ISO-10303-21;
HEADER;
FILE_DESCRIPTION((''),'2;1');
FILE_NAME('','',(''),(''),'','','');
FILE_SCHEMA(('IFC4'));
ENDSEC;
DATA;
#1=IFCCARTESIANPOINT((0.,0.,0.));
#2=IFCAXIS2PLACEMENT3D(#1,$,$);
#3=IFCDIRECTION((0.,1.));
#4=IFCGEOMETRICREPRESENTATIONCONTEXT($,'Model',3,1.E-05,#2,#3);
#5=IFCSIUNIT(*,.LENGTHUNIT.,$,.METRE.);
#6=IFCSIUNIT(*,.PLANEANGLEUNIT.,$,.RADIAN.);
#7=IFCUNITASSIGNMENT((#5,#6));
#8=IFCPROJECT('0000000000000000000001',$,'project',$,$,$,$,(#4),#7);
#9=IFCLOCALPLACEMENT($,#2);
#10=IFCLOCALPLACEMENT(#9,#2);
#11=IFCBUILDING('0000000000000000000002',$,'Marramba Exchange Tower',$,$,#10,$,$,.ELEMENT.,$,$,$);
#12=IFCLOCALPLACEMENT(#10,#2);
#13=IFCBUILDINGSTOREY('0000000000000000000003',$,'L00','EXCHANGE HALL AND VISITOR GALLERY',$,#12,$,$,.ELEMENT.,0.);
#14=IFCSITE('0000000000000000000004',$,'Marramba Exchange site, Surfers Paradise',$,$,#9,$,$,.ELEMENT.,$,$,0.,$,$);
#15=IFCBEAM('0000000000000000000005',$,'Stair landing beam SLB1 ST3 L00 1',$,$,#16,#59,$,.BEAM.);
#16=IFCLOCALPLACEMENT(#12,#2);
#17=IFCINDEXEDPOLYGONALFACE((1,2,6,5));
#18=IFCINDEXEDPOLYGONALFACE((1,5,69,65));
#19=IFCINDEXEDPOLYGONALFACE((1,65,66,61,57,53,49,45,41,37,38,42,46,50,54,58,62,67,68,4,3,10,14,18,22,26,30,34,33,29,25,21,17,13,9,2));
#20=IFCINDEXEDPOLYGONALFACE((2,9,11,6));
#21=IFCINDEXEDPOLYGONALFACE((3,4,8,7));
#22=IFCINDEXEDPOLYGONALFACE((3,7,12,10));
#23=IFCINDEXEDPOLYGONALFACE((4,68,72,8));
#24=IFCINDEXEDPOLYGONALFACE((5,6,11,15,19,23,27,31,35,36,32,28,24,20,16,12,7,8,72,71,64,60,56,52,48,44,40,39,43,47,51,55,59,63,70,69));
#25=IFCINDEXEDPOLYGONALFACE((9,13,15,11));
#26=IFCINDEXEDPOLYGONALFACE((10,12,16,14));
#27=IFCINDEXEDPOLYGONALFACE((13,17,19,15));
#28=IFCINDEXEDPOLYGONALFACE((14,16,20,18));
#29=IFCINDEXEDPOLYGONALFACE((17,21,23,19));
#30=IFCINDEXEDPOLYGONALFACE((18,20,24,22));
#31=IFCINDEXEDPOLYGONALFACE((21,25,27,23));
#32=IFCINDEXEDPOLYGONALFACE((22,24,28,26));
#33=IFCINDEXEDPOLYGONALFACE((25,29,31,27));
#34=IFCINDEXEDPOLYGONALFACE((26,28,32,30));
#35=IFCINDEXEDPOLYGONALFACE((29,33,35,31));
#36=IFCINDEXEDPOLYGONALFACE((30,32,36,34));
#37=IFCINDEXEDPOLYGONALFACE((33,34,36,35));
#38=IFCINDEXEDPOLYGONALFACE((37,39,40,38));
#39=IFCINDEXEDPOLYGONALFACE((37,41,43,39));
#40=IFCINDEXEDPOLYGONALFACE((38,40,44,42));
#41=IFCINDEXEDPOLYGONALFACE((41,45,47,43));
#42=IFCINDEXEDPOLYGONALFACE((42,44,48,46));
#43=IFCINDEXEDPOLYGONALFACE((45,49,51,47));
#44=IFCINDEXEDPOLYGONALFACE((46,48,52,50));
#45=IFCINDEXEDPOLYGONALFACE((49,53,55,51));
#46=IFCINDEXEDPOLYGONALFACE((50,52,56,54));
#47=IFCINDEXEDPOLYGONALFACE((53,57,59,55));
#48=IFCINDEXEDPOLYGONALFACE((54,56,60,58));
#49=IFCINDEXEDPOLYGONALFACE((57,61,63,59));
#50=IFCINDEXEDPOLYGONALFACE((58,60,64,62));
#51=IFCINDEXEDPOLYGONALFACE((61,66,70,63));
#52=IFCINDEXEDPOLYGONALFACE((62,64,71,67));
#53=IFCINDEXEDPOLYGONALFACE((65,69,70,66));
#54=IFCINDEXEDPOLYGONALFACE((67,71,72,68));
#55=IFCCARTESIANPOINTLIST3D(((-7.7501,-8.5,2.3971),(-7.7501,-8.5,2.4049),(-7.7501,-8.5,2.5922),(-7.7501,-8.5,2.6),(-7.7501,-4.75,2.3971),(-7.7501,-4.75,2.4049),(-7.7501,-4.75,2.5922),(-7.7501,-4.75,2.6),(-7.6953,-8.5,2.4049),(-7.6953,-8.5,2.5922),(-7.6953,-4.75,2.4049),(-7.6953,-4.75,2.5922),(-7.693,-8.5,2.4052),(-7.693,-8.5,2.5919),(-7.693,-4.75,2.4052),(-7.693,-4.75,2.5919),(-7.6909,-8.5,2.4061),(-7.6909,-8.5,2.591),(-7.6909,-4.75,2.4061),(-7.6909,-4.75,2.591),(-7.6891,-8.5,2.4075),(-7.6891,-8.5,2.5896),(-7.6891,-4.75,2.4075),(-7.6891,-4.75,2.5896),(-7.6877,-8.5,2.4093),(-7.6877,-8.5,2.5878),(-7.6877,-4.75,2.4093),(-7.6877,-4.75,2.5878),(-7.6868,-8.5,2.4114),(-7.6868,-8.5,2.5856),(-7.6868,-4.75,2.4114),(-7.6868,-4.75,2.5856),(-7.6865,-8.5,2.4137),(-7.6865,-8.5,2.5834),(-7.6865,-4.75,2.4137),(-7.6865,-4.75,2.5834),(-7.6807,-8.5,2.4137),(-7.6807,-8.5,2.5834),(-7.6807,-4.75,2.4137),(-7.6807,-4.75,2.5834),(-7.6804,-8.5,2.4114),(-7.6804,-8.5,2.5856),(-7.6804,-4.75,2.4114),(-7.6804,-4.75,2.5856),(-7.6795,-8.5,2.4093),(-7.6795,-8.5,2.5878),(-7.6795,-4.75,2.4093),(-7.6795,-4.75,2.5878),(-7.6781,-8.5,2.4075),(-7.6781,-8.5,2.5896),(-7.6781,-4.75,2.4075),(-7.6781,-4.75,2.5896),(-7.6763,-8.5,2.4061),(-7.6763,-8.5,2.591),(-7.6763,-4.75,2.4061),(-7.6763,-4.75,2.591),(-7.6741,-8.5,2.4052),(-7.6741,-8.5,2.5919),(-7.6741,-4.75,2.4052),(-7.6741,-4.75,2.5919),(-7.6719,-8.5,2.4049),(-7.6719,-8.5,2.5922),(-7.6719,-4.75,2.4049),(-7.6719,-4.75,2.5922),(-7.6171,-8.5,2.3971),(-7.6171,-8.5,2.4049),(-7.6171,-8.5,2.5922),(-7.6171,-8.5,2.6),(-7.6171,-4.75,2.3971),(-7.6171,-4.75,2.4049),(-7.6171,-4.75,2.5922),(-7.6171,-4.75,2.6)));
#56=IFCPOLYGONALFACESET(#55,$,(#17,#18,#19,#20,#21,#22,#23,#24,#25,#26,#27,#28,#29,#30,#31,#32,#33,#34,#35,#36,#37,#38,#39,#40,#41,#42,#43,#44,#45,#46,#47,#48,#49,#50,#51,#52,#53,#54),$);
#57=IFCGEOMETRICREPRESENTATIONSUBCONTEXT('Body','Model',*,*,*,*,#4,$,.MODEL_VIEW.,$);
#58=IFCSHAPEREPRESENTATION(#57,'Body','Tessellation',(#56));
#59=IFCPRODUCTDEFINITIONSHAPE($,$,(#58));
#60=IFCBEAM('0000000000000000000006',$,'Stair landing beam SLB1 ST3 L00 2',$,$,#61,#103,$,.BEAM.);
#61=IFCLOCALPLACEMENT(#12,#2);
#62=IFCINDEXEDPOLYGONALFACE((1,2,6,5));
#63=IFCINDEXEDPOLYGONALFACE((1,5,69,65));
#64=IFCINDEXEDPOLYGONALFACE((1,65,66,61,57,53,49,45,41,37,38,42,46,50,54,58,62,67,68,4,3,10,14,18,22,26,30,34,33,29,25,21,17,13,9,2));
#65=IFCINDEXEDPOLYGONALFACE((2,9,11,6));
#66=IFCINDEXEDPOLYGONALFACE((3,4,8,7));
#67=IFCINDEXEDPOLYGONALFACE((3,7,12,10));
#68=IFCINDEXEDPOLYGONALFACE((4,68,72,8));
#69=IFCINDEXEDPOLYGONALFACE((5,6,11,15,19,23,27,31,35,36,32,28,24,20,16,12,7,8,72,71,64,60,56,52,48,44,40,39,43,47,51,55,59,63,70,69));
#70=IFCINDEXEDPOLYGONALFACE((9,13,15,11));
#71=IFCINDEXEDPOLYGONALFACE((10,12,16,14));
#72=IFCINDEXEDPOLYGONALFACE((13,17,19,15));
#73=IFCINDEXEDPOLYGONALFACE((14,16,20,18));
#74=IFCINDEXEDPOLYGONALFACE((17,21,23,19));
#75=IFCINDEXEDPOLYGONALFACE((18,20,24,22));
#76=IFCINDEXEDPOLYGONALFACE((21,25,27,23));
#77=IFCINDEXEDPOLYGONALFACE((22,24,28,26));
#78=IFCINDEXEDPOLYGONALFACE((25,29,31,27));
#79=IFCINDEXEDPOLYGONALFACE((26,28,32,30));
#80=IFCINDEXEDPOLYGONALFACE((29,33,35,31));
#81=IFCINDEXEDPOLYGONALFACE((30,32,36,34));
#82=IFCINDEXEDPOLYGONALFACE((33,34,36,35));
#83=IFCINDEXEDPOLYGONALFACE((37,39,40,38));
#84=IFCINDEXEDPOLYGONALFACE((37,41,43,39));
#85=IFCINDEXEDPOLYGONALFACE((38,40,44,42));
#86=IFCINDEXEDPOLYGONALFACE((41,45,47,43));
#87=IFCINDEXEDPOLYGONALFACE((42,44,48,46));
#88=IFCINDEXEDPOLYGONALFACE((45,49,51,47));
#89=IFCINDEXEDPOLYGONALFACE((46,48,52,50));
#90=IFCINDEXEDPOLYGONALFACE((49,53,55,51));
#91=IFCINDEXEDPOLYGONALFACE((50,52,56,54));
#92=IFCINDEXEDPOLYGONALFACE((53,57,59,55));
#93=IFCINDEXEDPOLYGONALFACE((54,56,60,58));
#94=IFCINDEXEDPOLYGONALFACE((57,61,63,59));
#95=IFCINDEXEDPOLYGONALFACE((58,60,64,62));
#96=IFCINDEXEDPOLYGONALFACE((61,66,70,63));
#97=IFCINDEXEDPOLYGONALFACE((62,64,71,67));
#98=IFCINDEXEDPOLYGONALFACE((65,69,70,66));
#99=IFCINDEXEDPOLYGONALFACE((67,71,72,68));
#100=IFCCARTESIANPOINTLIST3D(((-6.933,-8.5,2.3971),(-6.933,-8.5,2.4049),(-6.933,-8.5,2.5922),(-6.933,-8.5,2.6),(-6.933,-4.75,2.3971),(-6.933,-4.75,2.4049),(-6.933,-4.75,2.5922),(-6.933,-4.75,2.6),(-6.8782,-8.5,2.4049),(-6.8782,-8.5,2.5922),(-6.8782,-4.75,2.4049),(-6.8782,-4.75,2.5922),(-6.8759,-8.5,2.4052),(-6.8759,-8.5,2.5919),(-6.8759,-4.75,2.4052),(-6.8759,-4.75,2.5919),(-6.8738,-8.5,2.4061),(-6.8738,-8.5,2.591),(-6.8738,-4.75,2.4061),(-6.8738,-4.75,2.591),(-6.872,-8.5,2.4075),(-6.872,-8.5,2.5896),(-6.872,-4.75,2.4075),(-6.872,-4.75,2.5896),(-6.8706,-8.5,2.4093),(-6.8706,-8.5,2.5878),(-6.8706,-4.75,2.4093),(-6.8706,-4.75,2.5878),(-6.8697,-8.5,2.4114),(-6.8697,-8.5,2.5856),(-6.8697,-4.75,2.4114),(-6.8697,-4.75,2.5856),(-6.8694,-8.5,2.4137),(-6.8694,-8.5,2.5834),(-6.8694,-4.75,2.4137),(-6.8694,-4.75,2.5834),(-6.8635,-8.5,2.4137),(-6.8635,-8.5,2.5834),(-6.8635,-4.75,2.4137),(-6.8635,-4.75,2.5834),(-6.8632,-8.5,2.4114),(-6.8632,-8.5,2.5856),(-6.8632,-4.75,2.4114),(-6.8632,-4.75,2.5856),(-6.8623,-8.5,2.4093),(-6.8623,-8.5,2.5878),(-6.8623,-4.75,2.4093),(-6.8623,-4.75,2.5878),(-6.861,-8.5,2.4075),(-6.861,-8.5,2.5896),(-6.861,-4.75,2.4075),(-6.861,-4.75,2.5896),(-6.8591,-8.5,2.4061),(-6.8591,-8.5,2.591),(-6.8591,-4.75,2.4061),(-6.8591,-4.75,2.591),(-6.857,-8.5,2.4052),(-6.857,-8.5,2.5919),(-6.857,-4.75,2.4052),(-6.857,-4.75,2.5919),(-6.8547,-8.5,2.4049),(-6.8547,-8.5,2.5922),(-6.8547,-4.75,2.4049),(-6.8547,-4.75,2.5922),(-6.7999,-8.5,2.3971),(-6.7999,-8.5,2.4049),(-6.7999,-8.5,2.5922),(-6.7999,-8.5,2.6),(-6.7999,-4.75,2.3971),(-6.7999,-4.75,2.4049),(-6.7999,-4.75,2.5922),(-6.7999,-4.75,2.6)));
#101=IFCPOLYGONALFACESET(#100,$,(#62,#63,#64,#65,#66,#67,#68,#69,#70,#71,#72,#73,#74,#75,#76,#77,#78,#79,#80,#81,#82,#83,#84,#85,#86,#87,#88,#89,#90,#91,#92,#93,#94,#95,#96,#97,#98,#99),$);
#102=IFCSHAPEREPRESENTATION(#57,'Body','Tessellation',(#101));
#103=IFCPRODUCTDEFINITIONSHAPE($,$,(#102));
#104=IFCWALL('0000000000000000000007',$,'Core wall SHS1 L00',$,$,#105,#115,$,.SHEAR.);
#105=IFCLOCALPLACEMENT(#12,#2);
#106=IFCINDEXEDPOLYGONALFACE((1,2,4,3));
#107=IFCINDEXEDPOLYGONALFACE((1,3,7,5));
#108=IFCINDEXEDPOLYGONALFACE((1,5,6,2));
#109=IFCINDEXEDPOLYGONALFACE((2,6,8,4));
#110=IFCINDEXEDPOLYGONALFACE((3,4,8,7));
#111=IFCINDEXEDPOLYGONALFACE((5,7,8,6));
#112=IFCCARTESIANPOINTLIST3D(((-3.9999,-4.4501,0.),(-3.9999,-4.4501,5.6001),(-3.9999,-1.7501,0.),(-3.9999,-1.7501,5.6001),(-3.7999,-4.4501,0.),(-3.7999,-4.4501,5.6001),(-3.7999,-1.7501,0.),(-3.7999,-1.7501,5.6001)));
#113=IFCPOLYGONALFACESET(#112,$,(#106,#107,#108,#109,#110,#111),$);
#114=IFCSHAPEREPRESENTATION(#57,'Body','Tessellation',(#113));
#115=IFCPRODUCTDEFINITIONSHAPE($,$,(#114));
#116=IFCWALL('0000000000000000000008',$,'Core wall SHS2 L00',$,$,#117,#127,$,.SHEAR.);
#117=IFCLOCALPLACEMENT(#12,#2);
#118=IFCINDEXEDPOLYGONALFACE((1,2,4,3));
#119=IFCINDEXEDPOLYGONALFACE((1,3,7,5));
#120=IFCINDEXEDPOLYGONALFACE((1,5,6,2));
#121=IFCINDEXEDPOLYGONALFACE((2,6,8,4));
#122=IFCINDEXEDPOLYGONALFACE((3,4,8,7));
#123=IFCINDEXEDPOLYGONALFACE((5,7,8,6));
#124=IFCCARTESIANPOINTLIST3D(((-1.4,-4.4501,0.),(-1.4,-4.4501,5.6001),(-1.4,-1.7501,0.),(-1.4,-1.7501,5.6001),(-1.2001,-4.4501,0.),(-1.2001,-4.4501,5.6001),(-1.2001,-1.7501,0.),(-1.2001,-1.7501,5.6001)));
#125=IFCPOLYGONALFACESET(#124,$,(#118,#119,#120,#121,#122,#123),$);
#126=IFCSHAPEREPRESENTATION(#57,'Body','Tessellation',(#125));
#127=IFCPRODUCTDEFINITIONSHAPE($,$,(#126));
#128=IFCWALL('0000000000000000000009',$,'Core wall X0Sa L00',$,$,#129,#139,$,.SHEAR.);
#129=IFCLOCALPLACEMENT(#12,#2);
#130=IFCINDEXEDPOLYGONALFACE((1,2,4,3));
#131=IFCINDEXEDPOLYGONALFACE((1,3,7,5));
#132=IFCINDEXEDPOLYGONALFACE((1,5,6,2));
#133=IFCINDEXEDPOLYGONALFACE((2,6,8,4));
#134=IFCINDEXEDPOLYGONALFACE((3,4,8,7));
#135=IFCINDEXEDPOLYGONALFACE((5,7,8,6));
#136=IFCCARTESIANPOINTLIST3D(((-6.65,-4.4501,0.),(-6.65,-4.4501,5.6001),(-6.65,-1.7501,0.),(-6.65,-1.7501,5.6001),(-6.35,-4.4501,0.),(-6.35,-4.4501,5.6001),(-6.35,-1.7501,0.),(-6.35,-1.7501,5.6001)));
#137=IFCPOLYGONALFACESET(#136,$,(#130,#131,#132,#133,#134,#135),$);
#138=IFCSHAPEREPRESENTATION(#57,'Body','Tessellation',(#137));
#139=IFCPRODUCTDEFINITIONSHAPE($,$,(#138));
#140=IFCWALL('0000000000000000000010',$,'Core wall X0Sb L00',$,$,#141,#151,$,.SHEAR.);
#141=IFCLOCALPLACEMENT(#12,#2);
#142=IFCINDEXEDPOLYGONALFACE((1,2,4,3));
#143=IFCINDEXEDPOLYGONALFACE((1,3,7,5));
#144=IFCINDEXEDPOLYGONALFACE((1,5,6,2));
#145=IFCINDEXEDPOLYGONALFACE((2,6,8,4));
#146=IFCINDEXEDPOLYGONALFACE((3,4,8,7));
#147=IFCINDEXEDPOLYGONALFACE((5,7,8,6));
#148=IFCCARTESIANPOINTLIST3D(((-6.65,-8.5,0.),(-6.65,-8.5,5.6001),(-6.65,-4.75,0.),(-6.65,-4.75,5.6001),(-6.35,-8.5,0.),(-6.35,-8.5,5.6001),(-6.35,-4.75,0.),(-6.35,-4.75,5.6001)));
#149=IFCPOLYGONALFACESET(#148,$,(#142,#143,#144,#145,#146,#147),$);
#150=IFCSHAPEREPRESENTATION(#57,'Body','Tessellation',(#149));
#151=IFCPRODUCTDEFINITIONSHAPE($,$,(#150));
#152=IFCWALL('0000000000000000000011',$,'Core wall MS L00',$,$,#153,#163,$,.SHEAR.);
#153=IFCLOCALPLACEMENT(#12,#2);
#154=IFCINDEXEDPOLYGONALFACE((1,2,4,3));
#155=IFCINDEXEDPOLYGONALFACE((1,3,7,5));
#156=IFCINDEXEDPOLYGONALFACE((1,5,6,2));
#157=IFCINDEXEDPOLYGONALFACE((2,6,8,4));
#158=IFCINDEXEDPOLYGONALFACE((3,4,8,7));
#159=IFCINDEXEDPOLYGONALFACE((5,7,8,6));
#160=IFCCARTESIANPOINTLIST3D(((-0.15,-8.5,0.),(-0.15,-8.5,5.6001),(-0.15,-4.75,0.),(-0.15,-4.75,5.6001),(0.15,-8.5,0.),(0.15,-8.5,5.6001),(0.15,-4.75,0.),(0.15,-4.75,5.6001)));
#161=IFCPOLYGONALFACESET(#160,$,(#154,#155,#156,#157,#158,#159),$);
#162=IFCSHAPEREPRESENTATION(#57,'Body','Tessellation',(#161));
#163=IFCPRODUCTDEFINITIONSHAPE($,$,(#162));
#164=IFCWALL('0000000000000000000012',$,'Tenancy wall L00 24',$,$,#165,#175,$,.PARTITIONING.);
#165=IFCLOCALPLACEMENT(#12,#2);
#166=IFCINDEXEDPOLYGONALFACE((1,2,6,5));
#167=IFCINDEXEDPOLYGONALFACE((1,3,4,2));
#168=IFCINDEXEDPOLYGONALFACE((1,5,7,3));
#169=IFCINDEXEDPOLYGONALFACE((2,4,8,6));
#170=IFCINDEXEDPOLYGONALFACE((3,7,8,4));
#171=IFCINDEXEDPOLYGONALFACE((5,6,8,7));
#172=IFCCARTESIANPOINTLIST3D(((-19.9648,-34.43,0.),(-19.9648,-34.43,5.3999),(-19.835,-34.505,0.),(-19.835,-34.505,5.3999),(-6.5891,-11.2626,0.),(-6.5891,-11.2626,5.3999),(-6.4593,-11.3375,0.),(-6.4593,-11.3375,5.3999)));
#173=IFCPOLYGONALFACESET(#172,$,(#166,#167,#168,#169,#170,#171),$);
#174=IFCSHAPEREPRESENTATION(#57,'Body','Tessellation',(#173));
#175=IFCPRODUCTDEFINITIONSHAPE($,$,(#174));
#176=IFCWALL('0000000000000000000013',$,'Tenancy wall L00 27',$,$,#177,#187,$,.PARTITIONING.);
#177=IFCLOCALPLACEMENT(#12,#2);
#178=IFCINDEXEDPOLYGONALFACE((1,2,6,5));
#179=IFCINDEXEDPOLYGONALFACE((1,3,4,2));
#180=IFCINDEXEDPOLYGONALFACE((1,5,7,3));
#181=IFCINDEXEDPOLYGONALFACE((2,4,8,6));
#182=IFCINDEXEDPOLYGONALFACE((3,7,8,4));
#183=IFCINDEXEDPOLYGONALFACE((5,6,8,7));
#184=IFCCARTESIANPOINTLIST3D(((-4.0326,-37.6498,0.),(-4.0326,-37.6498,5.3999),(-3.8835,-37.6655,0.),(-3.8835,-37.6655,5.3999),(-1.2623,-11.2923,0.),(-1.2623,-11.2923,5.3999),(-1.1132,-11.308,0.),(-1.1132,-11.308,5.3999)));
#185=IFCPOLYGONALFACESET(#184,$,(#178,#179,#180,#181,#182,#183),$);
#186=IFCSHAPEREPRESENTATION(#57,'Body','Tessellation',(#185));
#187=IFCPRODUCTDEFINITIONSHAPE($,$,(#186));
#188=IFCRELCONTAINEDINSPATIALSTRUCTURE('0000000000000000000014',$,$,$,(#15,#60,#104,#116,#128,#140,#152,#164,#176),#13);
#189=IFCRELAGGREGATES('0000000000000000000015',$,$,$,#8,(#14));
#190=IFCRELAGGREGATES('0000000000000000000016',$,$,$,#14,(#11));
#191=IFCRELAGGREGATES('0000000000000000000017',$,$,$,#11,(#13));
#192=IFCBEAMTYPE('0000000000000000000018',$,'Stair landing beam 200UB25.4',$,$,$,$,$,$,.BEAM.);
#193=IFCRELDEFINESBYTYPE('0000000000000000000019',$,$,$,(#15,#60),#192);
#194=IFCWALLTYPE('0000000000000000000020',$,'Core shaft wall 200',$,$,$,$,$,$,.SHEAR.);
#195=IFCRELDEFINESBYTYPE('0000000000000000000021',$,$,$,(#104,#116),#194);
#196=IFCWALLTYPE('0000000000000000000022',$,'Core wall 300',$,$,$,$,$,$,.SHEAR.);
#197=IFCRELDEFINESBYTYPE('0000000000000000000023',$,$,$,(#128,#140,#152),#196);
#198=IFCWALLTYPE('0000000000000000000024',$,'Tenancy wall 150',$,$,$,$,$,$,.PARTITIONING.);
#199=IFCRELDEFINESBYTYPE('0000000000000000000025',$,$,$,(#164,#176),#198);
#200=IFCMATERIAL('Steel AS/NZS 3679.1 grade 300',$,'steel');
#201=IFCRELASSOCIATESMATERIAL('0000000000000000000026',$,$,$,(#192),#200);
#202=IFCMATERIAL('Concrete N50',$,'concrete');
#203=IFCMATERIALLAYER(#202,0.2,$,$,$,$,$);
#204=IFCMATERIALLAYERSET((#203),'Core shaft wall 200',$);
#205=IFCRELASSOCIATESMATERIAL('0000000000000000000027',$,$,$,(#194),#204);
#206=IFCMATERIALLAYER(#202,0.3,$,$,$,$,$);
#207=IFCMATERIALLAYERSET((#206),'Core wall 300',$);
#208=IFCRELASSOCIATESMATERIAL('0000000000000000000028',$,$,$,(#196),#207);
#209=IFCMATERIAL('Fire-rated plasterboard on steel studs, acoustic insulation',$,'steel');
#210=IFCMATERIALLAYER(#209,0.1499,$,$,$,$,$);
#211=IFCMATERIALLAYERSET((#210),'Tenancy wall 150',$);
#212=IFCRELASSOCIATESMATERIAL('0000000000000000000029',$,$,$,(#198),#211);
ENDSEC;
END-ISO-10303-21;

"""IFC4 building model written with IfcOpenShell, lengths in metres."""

from ifc_helpers import new_model, si_unit, direction, frame, frame_2d, origin, origin_2d, place, context, subcontext, project, spatial, rectangle, i_section, extrude, material, layer, layer_set, material_profile, profile_set, type_object, element, save


model = new_model("IFC4")

# Units and contexts
model_context = context("Model", 3, precision=1e-05, world=origin(), true_north=direction((0.0, 1.0)))
body_context = subcontext(model_context, "Body", "Model", "MODEL_VIEW")
ifc_project = project(units=[si_unit("LENGTHUNIT", "METRE"), si_unit("PLANEANGLEUNIT", "RADIAN")], contexts=[model_context])

# Site, building, storey
site_placement = place(None, origin())
site = spatial("IfcSite", under=ifc_project, at=site_placement, Name="Marramba Exchange site, Surfers Paradise", CompositionType="ELEMENT", RefElevation=0.0)
building_placement = place(site_placement, origin())
building = spatial("IfcBuilding", under=site, at=building_placement, Name="Marramba Exchange Tower", CompositionType="ELEMENT")
storey_placement = place(building_placement, origin())
storey = spatial("IfcBuildingStorey", under=building, at=storey_placement, Name="L00", Description="EXCHANGE HALL AND VISITOR GALLERY", CompositionType="ELEMENT", Elevation=0.0)

# Beams
ifc_material_1 = material(Name="Steel AS/NZS 3679.1 grade 300", Category="steel")
ifc_material_profile_1 = material_profile(ifc_material_1, i_section(OverallWidth=0.1331, OverallDepth=0.2029, WebThickness=0.0059, FlangeThickness=0.0078, FilletRadius=0.0088, at=origin_2d()), Name="200UB25.4")
ifc_profile_set_1 = profile_set([ifc_material_profile_1], Name="Steel AS/NZS 3679.1 grade 300")
beam_type_1 = type_object("IfcBeamType", Name="Stair landing beam 200UB25.4", PredefinedType="BEAM", material=ifc_profile_set_1)
for number, where, z_axis, x_axis, name in (
    (1, (-7.6836, -8.5, 2.4985), (0.0, 1.0, 0.0), (-1.0, 0.0, 0.0), "Stair landing beam SLB1 ST3 L00 1"),
    (2, (-6.8665, -8.5, 2.4985), (0.0, 1.0, 0.0), (-1.0, 0.0, 0.0), "Stair landing beam SLB1 ST3 L00 2"),
):
    element("IfcBeam", number, at=place(storey_placement, frame(where, z_axis=z_axis, x_axis=x_axis)), inside=storey, type_object=beam_type_1, Name=name, PredefinedType="BEAM", context=body_context, shape_type="SweptSolid", body=[
        extrude(i_section(OverallWidth=0.1331, OverallDepth=0.2029, WebThickness=0.0059, FlangeThickness=0.0078, FilletRadius=0.0088, at=origin_2d()), origin(), (0.0, 0.0, 1.0), 3.75),
    ])

# Walls
ifc_material_2 = material(Name="Concrete N50", Category="concrete")
ifc_layer_1 = layer(ifc_material_2, 0.2)
ifc_layer_set_1 = layer_set([ifc_layer_1], Name="Core shaft wall 200")
wall_type_1 = type_object("IfcWallType", Name="Core shaft wall 200", PredefinedType="SHEAR", material=ifc_layer_set_1)
for number, where, z_axis, x_axis, name in (
    (3, (-3.8999, -1.75, 0.0), (0.0, 0.0, 1.0), (0.0, -1.0, 0.0), "Core wall SHS1 L00"),
    (4, (-1.3, -1.75, 0.0), (0.0, 0.0, 1.0), (0.0, -1.0, 0.0), "Core wall SHS2 L00"),
):
    element("IfcWall", number, at=place(storey_placement, frame(where, z_axis=z_axis, x_axis=x_axis)), inside=storey, type_object=wall_type_1, Name=name, PredefinedType="SHEAR", context=body_context, shape_type="SweptSolid", body=[
        extrude(rectangle(XDim=2.7, YDim=0.2, at=frame_2d((1.3501, 0.0))), origin(), (0.0, 0.0, 1.0), 5.6001),
    ])
ifc_layer_2 = layer(ifc_material_2, 0.3)
ifc_layer_set_2 = layer_set([ifc_layer_2], Name="Core wall 300")
wall_type_2 = type_object("IfcWallType", Name="Core wall 300", PredefinedType="SHEAR", material=ifc_layer_set_2)
wall_1_placement = place(storey_placement, frame((-6.5, -1.75, 0.0), z_axis=(0.0, 0.0, 1.0), x_axis=(0.0, -1.0, 0.0)))
element("IfcWall", 5, at=wall_1_placement, inside=storey, type_object=wall_type_2, Name="Core wall X0Sa L00", PredefinedType="SHEAR", context=body_context, shape_type="SweptSolid", body=[
    extrude(rectangle(XDim=2.7, YDim=0.3, at=frame_2d((1.3501, 0.0))), origin(), (0.0, 0.0, 1.0), 5.6001),
])
for number, where, z_axis, x_axis, name in (
    (6, (-6.5, -4.75, 0.0), (0.0, 0.0, 1.0), (0.0, -1.0, 0.0), "Core wall X0Sb L00"),
    (7, (0.0, -4.75, 0.0), (0.0, 0.0, 1.0), (0.0, -1.0, 0.0), "Core wall MS L00"),
):
    element("IfcWall", number, at=place(storey_placement, frame(where, z_axis=z_axis, x_axis=x_axis)), inside=storey, type_object=wall_type_2, Name=name, PredefinedType="SHEAR", context=body_context, shape_type="SweptSolid", body=[
        extrude(rectangle(XDim=3.75, YDim=0.3, at=frame_2d((1.875, 0.0))), origin(), (0.0, 0.0, 1.0), 5.6001),
    ])
ifc_material_3 = material(Name="Fire-rated plasterboard on steel studs, acoustic insulation", Category="steel")
ifc_layer_3 = layer(ifc_material_3, 0.1499)
ifc_layer_set_3 = layer_set([ifc_layer_3], Name="Tenancy wall 150")
wall_type_3 = type_object("IfcWallType", Name="Tenancy wall 150", PredefinedType="PARTITIONING", material=ifc_layer_set_3)
wall_2_placement = place(storey_placement, frame((-6.5242, -11.3, 0.0), z_axis=(0.0, 0.0, 1.0), x_axis=(-0.499999, -0.866026, 0.0)))
element("IfcWall", 8, at=wall_2_placement, inside=storey, type_object=wall_type_3, Name="Tenancy wall L00 24", PredefinedType="PARTITIONING", context=body_context, shape_type="SweptSolid", body=[
    extrude(rectangle(XDim=26.7515, YDim=0.1499, at=frame_2d((13.3757, 0.0))), origin(), (0.0, 0.0, 1.0), 5.3999),
])
wall_3_placement = place(storey_placement, frame((-1.1877, -11.3, 0.0), z_axis=(0.0, 0.0, 1.0), x_axis=(-0.104528, -0.994522, 0.0)))
element("IfcWall", 9, at=wall_3_placement, inside=storey, type_object=wall_type_3, Name="Tenancy wall L00 27", PredefinedType="PARTITIONING", context=body_context, shape_type="SweptSolid", body=[
    extrude(rectangle(XDim=26.5027, YDim=0.1499, at=frame_2d((13.2515, 0.0))), origin(), (0.0, 0.0, 1.0), 5.3999),
])

save(model, "model.ifc")
